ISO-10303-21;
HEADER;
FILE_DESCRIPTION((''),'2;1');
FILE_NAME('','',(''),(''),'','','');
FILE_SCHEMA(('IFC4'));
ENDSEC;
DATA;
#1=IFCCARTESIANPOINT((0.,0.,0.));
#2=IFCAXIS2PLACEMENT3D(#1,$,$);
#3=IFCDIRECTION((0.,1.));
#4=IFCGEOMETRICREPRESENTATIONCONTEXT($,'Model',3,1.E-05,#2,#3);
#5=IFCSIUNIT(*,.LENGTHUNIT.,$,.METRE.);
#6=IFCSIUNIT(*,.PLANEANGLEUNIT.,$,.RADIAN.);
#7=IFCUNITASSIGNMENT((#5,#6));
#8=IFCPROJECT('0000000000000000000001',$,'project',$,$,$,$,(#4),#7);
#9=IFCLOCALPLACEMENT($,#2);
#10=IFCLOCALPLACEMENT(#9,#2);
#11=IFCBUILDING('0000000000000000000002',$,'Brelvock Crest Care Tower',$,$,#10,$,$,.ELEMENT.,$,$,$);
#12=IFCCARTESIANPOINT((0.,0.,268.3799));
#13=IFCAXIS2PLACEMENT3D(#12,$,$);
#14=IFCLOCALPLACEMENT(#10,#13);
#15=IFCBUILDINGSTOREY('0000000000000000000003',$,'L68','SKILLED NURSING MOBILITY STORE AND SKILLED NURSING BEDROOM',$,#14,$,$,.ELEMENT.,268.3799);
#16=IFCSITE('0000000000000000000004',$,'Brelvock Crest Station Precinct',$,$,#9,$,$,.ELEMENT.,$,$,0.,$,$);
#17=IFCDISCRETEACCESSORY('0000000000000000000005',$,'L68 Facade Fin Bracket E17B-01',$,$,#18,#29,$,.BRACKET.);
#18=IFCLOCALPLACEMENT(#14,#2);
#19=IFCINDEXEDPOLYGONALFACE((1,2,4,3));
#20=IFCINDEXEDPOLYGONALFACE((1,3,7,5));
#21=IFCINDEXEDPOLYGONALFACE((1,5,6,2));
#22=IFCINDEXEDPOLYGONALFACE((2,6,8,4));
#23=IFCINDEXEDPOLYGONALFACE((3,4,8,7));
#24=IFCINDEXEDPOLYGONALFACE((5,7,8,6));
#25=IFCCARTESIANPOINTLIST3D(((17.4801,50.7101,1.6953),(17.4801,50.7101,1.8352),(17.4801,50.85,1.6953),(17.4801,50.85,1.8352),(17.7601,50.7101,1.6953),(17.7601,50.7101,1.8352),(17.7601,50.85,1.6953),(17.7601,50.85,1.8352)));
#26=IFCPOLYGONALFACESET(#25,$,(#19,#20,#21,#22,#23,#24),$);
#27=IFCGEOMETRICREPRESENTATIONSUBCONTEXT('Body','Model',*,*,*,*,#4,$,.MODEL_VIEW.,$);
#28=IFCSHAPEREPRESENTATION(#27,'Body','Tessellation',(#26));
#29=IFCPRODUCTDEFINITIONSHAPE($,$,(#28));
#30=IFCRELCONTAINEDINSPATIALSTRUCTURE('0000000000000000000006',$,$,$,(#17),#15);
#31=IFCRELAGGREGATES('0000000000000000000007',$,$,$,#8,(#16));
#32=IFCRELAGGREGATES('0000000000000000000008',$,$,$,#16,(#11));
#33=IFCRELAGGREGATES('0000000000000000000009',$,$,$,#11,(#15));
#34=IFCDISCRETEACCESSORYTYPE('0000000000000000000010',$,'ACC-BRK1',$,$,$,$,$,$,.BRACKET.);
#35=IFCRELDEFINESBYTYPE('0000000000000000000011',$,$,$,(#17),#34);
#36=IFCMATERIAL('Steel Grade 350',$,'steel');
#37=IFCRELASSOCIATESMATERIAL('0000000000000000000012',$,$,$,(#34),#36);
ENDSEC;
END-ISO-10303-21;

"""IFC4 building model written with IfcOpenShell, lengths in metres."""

from ifc_helpers import new_model, si_unit, direction, frame, origin, origin_2d, place, context, subcontext, project, spatial, rectangle, extrude, source, transform, mapped, material, type_object, element, save


model = new_model("IFC4")

# Units and contexts
model_context = context("Model", 3, precision=1e-05, world=origin(), true_north=direction((0.0, 1.0)))
body_context = subcontext(model_context, "Body", "Model", "MODEL_VIEW")
ifc_project = project(units=[si_unit("LENGTHUNIT", "METRE"), si_unit("PLANEANGLEUNIT", "RADIAN")], contexts=[model_context])

# Site, building, storey
site_placement = place(None, origin())
site = spatial("IfcSite", under=ifc_project, at=site_placement, Name="Brelvock Crest Station Precinct", CompositionType="ELEMENT", RefElevation=0.0)
building_placement = place(site_placement, origin())
building = spatial("IfcBuilding", under=site, at=building_placement, Name="Brelvock Crest Care Tower", CompositionType="ELEMENT")
storey_placement = place(building_placement, frame((0.0, 0.0, 268.3799)))
storey = spatial("IfcBuildingStorey", under=building, at=storey_placement, Name="L68", Description="SKILLED NURSING MOBILITY STORE AND SKILLED NURSING BEDROOM", CompositionType="ELEMENT", Elevation=268.3799)

# Shared definitions
ifc_material_1 = material(Name="Steel Grade 350", Category="steel")

# Discrete accessory
discrete_accessory_type = type_object("IfcDiscreteAccessoryType", Name="ACC-BRK1", PredefinedType="BRACKET", material=ifc_material_1)
shared_shape_1 = source(origin(), body_context, "Body", "SweptSolid", [
    extrude(rectangle(XDim=0.28, YDim=0.1399, at=origin_2d()), origin(), (0.0, 0.0, 1.0), 0.1399),
])
for number, where, z_axis, x_axis, name in (
    (1, (17.6201, 50.78, 1.6953), (0.0, 0.0, 1.0), (-1.0, 0.0, 0.0), "L68 Facade Fin Bracket E17B-01"),
):
    element("IfcDiscreteAccessory", number, at=place(storey_placement, frame(where, z_axis=z_axis, x_axis=x_axis)), inside=storey, type_object=discrete_accessory_type, Name=name, PredefinedType="BRACKET", context=body_context, shape_type="MappedRepresentation", body=[
        mapped(shared_shape_1, transform((0.0, 0.0, 0.0), x_axis=(1.0, 0.0, 0.0), y_axis=(0.0, 1.0, 0.0), z_axis=(0.0, 0.0, 1.0), scale=1.0)),
    ])

save(model, "model.ifc")
